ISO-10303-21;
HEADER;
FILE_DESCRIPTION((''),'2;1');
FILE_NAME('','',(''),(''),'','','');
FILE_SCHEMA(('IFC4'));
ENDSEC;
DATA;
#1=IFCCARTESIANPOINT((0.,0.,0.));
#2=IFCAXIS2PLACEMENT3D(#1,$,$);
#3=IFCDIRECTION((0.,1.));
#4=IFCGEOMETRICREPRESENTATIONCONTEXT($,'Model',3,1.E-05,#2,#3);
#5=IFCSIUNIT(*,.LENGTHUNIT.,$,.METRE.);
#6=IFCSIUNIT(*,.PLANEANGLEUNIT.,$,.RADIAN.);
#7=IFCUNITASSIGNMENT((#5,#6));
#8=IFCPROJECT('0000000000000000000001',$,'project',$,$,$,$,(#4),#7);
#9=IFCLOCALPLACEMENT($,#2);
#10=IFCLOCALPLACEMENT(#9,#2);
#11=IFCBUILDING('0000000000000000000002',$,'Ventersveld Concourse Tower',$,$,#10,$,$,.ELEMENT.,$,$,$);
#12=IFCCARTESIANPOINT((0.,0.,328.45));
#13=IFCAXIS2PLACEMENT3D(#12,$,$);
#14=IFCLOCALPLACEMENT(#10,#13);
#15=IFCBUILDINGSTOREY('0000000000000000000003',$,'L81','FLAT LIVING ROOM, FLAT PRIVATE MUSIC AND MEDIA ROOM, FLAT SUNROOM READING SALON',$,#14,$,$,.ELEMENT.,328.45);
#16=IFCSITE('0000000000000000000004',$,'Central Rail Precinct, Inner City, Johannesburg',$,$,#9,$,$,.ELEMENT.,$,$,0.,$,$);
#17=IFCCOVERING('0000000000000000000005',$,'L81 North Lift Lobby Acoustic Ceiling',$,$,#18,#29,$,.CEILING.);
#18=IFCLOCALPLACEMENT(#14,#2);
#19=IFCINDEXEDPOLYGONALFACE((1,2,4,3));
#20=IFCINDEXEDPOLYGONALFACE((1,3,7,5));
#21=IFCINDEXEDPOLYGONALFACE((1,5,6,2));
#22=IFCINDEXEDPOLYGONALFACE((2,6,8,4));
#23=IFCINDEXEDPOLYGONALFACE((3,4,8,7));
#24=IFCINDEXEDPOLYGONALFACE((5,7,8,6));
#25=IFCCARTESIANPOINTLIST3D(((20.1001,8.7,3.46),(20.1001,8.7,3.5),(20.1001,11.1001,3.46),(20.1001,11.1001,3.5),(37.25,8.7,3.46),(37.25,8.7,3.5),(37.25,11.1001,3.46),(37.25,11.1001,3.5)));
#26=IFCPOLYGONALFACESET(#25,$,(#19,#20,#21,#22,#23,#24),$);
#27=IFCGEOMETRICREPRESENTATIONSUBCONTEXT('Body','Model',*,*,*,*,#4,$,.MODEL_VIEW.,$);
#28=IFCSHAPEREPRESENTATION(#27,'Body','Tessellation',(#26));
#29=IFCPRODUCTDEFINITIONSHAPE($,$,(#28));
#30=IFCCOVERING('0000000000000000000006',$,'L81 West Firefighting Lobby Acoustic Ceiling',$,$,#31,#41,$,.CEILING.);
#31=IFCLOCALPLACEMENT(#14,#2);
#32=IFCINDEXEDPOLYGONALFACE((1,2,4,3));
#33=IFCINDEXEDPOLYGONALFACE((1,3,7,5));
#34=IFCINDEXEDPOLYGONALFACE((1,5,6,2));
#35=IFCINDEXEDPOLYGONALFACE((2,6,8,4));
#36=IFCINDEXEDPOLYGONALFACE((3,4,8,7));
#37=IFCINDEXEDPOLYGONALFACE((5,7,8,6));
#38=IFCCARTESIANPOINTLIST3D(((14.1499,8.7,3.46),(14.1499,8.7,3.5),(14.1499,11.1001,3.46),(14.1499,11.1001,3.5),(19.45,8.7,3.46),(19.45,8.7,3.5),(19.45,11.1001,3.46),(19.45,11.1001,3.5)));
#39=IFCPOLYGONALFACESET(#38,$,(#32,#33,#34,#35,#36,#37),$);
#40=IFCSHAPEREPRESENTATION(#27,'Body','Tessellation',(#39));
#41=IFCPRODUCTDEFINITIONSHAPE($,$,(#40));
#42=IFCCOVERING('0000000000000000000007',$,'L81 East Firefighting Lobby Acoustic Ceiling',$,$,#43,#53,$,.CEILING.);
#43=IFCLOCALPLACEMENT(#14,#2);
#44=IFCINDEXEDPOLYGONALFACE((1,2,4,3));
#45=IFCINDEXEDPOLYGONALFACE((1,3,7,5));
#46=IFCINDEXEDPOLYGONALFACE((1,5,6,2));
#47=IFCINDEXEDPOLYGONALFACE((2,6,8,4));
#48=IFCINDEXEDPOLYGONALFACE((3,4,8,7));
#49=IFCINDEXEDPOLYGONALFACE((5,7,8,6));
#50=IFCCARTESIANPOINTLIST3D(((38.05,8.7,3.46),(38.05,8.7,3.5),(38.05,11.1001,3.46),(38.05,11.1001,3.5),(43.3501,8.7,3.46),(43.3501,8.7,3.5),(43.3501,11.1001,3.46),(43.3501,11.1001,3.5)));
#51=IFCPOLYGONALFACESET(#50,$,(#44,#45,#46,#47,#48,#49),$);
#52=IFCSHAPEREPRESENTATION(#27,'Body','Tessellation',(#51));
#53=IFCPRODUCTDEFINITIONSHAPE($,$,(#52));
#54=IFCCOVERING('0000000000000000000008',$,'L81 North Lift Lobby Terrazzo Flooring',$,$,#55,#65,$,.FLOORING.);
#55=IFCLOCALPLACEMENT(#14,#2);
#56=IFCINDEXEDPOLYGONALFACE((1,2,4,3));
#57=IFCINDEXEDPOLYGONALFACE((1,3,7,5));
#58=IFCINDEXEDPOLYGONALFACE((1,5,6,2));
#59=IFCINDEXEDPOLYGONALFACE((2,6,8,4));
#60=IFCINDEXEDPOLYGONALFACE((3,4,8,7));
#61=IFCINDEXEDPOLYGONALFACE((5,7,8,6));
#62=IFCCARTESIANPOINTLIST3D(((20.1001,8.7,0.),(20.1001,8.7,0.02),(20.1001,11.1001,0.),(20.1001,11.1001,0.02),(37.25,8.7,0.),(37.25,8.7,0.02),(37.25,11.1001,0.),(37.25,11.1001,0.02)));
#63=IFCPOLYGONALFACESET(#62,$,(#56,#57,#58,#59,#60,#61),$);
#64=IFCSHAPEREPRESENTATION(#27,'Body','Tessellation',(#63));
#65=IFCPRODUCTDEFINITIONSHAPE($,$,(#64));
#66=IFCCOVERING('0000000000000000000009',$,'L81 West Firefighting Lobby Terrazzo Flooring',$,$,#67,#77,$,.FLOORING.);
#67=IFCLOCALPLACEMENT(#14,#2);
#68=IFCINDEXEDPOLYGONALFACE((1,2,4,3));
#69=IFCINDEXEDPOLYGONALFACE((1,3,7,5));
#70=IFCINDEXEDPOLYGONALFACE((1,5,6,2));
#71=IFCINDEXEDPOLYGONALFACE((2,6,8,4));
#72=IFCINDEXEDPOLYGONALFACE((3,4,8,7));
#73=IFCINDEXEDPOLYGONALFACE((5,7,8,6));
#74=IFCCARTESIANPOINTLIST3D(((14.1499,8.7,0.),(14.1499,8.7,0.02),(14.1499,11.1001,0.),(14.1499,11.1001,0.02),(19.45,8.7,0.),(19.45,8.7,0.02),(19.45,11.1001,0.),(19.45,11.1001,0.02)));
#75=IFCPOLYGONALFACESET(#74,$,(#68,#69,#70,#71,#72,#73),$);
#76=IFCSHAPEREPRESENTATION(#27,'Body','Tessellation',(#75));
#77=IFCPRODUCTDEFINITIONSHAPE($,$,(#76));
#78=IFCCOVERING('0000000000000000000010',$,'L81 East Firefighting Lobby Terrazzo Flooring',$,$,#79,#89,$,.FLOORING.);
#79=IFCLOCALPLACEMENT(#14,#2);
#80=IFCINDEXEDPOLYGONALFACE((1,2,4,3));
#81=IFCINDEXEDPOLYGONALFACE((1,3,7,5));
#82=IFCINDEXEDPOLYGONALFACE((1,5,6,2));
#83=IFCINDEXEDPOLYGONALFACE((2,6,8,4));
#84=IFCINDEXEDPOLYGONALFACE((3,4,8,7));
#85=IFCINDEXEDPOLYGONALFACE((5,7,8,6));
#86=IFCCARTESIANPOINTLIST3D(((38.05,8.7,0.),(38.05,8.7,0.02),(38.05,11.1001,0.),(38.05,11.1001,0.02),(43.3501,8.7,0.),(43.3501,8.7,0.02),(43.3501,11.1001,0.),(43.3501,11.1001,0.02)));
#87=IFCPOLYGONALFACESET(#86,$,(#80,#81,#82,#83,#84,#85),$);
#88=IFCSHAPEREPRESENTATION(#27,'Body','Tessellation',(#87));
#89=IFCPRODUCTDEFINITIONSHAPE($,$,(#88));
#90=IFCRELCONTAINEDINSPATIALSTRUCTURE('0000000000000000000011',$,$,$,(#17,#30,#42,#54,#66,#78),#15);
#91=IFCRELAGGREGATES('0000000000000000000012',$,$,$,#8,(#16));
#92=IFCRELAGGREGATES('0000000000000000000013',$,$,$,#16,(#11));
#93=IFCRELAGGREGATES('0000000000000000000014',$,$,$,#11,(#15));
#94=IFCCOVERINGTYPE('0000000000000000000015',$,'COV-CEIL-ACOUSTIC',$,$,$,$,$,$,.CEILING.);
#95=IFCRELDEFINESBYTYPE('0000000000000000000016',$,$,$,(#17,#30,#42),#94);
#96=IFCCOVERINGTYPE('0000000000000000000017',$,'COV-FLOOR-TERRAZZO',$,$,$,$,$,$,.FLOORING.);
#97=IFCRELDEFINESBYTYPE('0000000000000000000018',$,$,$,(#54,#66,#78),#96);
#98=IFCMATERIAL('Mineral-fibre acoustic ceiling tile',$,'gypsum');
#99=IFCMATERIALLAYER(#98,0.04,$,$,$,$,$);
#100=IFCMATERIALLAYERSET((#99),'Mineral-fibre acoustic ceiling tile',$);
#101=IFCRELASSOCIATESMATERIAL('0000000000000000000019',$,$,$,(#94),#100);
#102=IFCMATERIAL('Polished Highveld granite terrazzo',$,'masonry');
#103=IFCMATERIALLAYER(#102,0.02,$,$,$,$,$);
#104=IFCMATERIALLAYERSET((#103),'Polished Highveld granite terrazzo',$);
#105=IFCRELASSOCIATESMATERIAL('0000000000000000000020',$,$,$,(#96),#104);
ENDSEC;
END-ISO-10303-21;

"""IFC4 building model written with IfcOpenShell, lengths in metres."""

from ifc_helpers import new_model, si_unit, direction, frame, origin, place, context, subcontext, project, spatial, polyline, outline, extrude, material, layer, layer_set, type_object, element, save


model = new_model("IFC4")

# Units and contexts
model_context = context("Model", 3, precision=1e-05, world=origin(), true_north=direction((0.0, 1.0)))
body_context = subcontext(model_context, "Body", "Model", "MODEL_VIEW")
ifc_project = project(units=[si_unit("LENGTHUNIT", "METRE"), si_unit("PLANEANGLEUNIT", "RADIAN")], contexts=[model_context])

# Site, building, storey
site_placement = place(None, origin())
site = spatial("IfcSite", under=ifc_project, at=site_placement, Name="Central Rail Precinct, Inner City, Johannesburg", CompositionType="ELEMENT", RefElevation=0.0)
building_placement = place(site_placement, origin())
building = spatial("IfcBuilding", under=site, at=building_placement, Name="Ventersveld Concourse Tower", CompositionType="ELEMENT")
storey_placement = place(building_placement, frame((0.0, 0.0, 328.45)))
storey = spatial("IfcBuildingStorey", under=building, at=storey_placement, Name="L81", Description="FLAT LIVING ROOM, FLAT PRIVATE MUSIC AND MEDIA ROOM, FLAT SUNROOM READING SALON", CompositionType="ELEMENT", Elevation=328.45)

# Coverings
ifc_material_1 = material(Name="Mineral-fibre acoustic ceiling tile", Category="gypsum")
ifc_layer_1 = layer(ifc_material_1, 0.04)
ifc_layer_set_1 = layer_set([ifc_layer_1], Name="Mineral-fibre acoustic ceiling tile")
covering_type_1 = type_object("IfcCoveringType", Name="COV-CEIL-ACOUSTIC", PredefinedType="CEILING", material=ifc_layer_set_1)
covering_1_placement = place(storey_placement, frame((0.0, 0.0, 3.46)))
element("IfcCovering", 1, at=covering_1_placement, inside=storey, type_object=covering_type_1, Name="L81 North Lift Lobby Acoustic Ceiling", PredefinedType="CEILING", context=body_context, shape_type="SweptSolid", body=[
    extrude(outline(polyline([(20.1001, 8.7), (37.25, 8.7), (37.25, 11.1001), (20.1001, 11.1001), (20.1001, 8.7)])), origin(), (0.0, 0.0, 1.0), 0.04),
])
covering_2_placement = place(storey_placement, frame((0.0, 0.0, 3.46)))
element("IfcCovering", 2, at=covering_2_placement, inside=storey, type_object=covering_type_1, Name="L81 West Firefighting Lobby Acoustic Ceiling", PredefinedType="CEILING", context=body_context, shape_type="SweptSolid", body=[
    extrude(outline(polyline([(14.1499, 8.7), (19.45, 8.7), (19.45, 11.1001), (14.1499, 11.1001), (14.1499, 8.7)])), origin(), (0.0, 0.0, 1.0), 0.04),
])
covering_3_placement = place(storey_placement, frame((0.0, 0.0, 3.46)))
element("IfcCovering", 3, at=covering_3_placement, inside=storey, type_object=covering_type_1, Name="L81 East Firefighting Lobby Acoustic Ceiling", PredefinedType="CEILING", context=body_context, shape_type="SweptSolid", body=[
    extrude(outline(polyline([(38.05, 8.7), (43.3501, 8.7), (43.3501, 11.1001), (38.05, 11.1001), (38.05, 8.7)])), origin(), (0.0, 0.0, 1.0), 0.04),
])
ifc_material_2 = material(Name="Polished Highveld granite terrazzo", Category="masonry")
ifc_layer_2 = layer(ifc_material_2, 0.02)
ifc_layer_set_2 = layer_set([ifc_layer_2], Name="Polished Highveld granite terrazzo")
covering_type_2 = type_object("IfcCoveringType", Name="COV-FLOOR-TERRAZZO", PredefinedType="FLOORING", material=ifc_layer_set_2)
covering_4_placement = place(storey_placement, origin())
element("IfcCovering", 4, at=covering_4_placement, inside=storey, type_object=covering_type_2, Name="L81 North Lift Lobby Terrazzo Flooring", PredefinedType="FLOORING", context=body_context, shape_type="SweptSolid", body=[
    extrude(outline(polyline([(20.1001, 8.7), (37.25, 8.7), (37.25, 11.1001), (20.1001, 11.1001), (20.1001, 8.7)])), origin(), (0.0, 0.0, 1.0), 0.02),
])
covering_5_placement = place(storey_placement, origin())
element("IfcCovering", 5, at=covering_5_placement, inside=storey, type_object=covering_type_2, Name="L81 West Firefighting Lobby Terrazzo Flooring", PredefinedType="FLOORING", context=body_context, shape_type="SweptSolid", body=[
    extrude(outline(polyline([(14.1499, 8.7), (19.45, 8.7), (19.45, 11.1001), (14.1499, 11.1001), (14.1499, 8.7)])), origin(), (0.0, 0.0, 1.0), 0.02),
])
covering_6_placement = place(storey_placement, origin())
element("IfcCovering", 6, at=covering_6_placement, inside=storey, type_object=covering_type_2, Name="L81 East Firefighting Lobby Terrazzo Flooring", PredefinedType="FLOORING", context=body_context, shape_type="SweptSolid", body=[
    extrude(outline(polyline([(38.05, 8.7), (43.3501, 8.7), (43.3501, 11.1001), (38.05, 11.1001), (38.05, 8.7)])), origin(), (0.0, 0.0, 1.0), 0.02),
])

save(model, "model.ifc")
